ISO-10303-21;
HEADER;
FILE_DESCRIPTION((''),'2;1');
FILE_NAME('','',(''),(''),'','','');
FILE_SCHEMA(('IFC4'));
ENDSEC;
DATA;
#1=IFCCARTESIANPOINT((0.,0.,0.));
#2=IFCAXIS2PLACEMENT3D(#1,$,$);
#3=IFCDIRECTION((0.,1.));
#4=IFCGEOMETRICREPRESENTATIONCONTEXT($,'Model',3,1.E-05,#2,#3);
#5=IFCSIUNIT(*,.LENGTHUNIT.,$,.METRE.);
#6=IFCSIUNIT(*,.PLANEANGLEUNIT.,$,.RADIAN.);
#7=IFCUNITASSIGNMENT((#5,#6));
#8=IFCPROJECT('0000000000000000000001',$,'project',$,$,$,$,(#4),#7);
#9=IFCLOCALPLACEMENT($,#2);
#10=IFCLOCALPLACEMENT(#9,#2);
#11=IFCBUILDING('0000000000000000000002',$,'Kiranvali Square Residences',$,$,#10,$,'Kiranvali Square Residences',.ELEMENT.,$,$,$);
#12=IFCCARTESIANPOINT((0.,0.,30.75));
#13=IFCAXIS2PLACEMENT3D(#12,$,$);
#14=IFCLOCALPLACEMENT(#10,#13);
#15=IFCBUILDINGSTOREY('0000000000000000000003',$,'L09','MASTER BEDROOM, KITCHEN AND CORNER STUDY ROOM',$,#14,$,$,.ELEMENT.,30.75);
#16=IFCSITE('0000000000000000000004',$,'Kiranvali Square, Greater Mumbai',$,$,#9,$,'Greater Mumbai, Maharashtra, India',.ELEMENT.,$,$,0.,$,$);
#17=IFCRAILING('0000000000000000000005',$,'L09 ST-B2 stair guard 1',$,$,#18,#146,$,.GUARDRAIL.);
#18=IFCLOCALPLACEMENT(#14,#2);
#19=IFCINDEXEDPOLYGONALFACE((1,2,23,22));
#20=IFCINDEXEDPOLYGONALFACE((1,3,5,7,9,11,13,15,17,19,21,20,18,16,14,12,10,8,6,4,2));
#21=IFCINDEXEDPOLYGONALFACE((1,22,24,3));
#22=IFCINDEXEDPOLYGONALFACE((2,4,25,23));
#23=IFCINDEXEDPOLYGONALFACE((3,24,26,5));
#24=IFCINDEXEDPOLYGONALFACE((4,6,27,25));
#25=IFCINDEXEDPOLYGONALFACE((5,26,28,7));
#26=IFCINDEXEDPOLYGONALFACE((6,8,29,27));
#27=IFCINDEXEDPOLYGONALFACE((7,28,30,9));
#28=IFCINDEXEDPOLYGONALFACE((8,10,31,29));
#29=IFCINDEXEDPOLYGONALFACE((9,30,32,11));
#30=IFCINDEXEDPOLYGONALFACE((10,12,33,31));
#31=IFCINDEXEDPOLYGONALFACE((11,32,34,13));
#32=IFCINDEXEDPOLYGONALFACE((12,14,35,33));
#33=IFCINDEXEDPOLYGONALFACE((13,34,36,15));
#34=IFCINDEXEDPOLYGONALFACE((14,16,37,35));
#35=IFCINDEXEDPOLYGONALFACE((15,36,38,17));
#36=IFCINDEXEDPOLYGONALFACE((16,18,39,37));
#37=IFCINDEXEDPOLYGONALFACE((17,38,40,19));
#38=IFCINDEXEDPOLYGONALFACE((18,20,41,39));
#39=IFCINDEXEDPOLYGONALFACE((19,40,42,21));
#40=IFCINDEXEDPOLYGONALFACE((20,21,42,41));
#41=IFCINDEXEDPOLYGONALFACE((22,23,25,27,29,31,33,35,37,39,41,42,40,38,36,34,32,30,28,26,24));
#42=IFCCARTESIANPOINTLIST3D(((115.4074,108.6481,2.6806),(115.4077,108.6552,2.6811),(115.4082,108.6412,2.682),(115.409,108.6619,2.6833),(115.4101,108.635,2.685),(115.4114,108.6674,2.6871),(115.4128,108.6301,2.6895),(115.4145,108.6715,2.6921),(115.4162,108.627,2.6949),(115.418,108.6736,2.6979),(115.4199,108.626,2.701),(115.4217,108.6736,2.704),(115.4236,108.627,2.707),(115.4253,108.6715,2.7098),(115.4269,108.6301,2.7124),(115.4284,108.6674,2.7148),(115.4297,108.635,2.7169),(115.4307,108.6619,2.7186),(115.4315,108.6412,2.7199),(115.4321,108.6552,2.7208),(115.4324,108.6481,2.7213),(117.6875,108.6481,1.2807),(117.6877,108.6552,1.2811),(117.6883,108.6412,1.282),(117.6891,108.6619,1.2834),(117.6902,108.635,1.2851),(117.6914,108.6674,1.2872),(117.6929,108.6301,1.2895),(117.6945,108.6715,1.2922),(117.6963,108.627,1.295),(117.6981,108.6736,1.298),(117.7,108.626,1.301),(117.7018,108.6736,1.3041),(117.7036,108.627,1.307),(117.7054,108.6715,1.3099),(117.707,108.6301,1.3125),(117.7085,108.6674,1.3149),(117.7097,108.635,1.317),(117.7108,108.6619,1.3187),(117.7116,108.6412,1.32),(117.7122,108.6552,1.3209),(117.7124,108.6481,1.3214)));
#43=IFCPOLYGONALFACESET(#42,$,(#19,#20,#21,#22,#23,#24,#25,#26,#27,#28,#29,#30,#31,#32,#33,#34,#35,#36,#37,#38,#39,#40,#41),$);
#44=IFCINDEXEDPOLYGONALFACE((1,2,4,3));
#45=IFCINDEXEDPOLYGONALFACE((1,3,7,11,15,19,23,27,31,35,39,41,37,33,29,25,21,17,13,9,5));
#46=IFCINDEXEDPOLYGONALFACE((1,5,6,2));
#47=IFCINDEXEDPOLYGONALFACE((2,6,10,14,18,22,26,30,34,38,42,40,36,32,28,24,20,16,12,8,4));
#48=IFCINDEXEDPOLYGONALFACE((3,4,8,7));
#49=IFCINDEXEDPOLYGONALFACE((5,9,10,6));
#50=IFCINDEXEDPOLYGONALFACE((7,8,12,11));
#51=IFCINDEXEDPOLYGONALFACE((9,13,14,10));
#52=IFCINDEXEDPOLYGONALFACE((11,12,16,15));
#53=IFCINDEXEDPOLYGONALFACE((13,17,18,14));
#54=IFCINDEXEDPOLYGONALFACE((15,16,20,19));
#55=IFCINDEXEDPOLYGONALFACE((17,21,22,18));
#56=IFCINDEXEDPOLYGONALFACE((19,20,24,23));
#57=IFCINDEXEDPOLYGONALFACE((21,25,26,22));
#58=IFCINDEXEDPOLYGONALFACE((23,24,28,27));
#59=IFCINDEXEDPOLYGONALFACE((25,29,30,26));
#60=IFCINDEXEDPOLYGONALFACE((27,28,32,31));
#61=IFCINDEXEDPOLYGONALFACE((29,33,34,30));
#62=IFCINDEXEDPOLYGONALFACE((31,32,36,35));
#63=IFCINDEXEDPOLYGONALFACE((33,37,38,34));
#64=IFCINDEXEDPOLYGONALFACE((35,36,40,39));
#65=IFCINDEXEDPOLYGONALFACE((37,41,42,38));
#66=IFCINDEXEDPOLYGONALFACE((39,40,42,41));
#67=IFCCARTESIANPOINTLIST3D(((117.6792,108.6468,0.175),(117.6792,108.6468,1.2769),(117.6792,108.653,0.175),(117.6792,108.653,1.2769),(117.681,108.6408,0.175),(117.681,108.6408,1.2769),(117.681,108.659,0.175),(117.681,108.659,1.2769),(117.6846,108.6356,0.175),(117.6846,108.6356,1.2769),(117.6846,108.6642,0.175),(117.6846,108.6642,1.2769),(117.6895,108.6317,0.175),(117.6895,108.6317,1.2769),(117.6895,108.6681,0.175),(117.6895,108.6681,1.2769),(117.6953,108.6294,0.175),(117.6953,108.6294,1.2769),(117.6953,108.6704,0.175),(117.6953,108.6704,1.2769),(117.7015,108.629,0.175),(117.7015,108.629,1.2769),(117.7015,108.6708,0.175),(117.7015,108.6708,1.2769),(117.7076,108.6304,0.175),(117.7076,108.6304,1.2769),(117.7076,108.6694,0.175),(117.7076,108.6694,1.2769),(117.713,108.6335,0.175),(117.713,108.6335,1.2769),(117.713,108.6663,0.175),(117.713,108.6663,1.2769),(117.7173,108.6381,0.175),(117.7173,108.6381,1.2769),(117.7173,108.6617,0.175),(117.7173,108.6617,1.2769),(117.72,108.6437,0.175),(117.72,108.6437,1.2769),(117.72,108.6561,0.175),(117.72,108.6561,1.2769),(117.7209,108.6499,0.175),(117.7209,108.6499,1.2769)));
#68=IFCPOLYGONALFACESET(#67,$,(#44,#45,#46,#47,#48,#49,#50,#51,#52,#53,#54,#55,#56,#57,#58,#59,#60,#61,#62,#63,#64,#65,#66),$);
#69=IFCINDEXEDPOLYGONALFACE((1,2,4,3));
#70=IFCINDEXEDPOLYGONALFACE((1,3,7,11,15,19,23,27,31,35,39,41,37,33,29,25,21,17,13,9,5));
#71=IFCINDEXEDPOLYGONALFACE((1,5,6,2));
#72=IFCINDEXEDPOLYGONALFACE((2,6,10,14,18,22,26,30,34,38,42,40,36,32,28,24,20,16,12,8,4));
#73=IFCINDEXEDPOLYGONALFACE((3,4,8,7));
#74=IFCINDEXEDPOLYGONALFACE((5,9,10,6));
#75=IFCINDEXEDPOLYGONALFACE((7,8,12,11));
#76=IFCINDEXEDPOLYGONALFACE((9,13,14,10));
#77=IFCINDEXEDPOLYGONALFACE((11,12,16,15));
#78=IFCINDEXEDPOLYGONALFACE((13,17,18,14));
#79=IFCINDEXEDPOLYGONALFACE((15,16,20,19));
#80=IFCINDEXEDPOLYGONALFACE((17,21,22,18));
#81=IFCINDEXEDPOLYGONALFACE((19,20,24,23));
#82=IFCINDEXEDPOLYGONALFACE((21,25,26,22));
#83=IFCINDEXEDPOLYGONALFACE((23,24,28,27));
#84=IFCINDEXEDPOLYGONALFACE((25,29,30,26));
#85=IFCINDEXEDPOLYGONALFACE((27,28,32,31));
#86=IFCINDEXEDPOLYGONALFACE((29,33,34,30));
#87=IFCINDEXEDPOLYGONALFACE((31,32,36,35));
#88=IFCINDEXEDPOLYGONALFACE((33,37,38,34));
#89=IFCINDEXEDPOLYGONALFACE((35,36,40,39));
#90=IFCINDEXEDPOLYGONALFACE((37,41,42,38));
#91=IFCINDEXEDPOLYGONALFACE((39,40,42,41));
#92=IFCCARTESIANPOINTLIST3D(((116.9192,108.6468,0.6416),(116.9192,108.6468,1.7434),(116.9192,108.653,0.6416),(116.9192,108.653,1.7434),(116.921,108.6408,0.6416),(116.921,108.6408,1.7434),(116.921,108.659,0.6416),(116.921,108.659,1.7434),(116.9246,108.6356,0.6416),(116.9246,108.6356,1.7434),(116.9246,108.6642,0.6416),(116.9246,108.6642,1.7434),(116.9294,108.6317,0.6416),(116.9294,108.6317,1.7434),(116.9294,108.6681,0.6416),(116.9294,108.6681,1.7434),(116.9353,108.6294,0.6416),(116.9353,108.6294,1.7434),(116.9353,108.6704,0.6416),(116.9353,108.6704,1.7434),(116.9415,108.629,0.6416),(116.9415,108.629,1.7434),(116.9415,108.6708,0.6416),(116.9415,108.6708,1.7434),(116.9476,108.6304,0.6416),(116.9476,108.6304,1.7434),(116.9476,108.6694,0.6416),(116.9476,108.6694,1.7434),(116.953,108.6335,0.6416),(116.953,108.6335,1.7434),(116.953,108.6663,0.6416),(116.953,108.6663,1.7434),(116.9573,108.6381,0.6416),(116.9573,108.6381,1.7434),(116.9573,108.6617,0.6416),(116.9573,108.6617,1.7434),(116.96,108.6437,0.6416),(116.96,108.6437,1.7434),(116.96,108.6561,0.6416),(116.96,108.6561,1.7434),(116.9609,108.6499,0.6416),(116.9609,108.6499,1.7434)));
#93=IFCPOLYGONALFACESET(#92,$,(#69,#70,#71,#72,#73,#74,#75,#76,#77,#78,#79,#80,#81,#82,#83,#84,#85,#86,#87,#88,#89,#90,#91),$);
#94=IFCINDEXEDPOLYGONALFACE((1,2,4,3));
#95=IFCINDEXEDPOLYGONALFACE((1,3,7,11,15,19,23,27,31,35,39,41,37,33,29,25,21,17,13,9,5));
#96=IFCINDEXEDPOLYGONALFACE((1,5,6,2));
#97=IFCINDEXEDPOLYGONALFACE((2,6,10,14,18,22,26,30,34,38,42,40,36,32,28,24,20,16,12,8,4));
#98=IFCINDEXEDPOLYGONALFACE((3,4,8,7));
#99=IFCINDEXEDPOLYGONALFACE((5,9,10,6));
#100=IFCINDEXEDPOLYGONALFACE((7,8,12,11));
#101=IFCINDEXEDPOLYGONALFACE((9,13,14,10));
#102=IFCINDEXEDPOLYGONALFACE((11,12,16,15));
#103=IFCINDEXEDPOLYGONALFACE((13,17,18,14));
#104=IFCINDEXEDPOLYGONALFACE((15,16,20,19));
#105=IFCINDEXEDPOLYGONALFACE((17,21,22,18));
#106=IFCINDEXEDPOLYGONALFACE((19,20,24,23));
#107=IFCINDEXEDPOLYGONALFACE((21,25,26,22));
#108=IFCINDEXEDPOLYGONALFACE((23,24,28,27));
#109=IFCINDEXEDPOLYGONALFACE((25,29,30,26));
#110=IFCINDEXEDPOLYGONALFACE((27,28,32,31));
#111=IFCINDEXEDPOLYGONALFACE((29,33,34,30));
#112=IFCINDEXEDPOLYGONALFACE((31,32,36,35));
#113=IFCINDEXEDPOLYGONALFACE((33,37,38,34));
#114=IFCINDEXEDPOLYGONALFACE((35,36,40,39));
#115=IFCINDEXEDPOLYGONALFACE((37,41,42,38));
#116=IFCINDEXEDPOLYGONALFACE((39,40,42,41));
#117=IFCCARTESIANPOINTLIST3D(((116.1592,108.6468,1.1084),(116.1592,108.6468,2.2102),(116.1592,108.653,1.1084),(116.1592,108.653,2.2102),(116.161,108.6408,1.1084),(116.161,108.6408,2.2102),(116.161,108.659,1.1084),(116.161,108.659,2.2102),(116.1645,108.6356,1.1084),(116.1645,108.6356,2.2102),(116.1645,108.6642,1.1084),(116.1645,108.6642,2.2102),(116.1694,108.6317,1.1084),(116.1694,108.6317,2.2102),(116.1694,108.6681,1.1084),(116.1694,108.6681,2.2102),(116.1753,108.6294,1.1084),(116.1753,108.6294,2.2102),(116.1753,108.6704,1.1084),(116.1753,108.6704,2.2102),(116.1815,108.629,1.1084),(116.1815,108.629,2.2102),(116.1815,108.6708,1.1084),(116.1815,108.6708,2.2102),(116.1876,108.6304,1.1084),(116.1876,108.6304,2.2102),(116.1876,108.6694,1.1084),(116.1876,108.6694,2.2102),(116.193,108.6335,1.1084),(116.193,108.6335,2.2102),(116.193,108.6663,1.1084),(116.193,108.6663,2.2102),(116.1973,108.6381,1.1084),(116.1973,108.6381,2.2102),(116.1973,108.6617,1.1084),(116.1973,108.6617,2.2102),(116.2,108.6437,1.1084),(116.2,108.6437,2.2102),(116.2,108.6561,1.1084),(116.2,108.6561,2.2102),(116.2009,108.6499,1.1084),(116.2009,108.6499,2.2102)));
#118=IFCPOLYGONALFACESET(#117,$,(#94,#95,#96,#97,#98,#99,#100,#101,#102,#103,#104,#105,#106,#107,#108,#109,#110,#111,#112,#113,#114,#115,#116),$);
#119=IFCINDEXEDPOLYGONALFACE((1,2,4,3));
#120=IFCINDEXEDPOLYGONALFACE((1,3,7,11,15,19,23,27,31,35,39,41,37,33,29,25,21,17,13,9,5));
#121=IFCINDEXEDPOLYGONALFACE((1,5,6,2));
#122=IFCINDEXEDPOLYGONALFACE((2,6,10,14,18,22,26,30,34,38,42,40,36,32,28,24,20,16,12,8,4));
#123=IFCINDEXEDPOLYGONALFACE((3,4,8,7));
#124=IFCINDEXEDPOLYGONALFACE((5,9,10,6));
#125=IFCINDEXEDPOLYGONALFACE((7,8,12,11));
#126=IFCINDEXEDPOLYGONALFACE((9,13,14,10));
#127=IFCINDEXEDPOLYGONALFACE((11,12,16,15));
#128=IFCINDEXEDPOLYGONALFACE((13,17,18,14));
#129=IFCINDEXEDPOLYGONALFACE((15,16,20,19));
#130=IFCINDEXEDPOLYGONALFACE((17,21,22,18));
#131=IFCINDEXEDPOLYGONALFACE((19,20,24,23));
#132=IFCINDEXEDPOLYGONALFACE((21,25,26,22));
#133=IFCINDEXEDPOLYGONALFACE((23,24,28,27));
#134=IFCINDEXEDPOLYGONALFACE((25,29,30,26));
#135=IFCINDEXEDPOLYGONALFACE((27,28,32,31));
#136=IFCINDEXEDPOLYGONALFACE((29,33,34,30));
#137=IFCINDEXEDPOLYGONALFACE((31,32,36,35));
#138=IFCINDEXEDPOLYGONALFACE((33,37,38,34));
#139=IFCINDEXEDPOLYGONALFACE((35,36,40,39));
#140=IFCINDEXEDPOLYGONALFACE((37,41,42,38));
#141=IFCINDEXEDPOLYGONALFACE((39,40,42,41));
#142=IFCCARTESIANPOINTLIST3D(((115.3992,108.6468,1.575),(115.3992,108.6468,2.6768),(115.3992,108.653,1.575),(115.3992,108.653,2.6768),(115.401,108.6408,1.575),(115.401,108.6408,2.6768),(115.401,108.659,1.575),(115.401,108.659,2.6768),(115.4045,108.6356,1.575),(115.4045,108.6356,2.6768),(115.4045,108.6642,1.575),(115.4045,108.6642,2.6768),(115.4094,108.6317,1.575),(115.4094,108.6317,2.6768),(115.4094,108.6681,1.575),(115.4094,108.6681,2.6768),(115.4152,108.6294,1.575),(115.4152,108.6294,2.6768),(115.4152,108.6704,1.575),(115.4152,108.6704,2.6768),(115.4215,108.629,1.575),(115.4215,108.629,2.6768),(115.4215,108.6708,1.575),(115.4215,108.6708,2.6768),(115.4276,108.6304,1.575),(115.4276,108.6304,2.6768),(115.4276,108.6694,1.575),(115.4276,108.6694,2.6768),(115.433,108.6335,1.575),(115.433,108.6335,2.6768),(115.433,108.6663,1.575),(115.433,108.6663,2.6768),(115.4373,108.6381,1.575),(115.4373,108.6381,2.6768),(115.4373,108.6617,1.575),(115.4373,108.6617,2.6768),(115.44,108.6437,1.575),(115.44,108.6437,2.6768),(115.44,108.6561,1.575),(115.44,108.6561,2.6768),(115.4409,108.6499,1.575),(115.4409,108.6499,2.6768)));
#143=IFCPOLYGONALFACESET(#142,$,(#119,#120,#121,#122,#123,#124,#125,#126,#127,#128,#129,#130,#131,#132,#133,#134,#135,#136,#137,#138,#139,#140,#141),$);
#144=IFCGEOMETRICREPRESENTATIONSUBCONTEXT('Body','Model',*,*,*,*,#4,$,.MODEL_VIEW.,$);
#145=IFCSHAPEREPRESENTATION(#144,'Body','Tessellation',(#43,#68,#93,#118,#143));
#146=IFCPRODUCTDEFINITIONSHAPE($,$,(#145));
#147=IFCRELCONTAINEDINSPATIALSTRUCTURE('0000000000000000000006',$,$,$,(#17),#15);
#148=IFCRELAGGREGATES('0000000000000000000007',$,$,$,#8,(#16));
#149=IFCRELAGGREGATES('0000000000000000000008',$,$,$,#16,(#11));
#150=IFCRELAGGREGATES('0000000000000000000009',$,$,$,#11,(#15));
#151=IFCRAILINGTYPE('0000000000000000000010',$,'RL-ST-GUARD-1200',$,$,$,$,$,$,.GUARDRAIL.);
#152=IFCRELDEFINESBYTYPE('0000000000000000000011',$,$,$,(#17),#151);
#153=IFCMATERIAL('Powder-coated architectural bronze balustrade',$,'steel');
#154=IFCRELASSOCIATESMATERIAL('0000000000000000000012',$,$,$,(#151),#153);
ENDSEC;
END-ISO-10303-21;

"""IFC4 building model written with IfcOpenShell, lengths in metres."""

from ifc_helpers import new_model, si_unit, direction, frame, origin, origin_2d, place, context, subcontext, project, spatial, circle, extrude, material, type_object, element, save


model = new_model("IFC4")

# Units and contexts
model_context = context("Model", 3, precision=1e-05, world=origin(), true_north=direction((0.0, 1.0)))
body_context = subcontext(model_context, "Body", "Model", "MODEL_VIEW")
ifc_project = project(units=[si_unit("LENGTHUNIT", "METRE"), si_unit("PLANEANGLEUNIT", "RADIAN")], contexts=[model_context])

# Site, building, storey
site_placement = place(None, origin())
site = spatial("IfcSite", under=ifc_project, at=site_placement, Name="Kiranvali Square, Greater Mumbai", LongName="Greater Mumbai, Maharashtra, India", CompositionType="ELEMENT", RefElevation=0.0)
building_placement = place(site_placement, origin())
building = spatial("IfcBuilding", under=site, at=building_placement, Name="Kiranvali Square Residences", LongName="Kiranvali Square Residences", CompositionType="ELEMENT")
storey_placement = place(building_placement, frame((0.0, 0.0, 30.75)))
storey = spatial("IfcBuildingStorey", under=building, at=storey_placement, Name="L09", Description="MASTER BEDROOM, KITCHEN AND CORNER STUDY ROOM", CompositionType="ELEMENT", Elevation=30.75)

# Railing
ifc_material_1 = material(Name="Powder-coated architectural bronze balustrade", Category="steel")
railing_type_1 = type_object("IfcRailingType", Name="RL-ST-GUARD-1200", PredefinedType="GUARDRAIL", material=ifc_material_1)
railing_1_placement = place(storey_placement, frame((117.7, 108.6499, 0.175)))
element("IfcRailing", 1, at=railing_1_placement, inside=storey, type_object=railing_type_1, Name="L09 ST-B2 stair guard 1", PredefinedType="GUARDRAIL", context=body_context, shape_type="SweptSolid", body=[
    extrude(circle(Radius=0.0239, at=origin_2d()), frame((0.0, 0.0, 1.126), z_axis=(-0.85219, 0.0, 0.523232), x_axis=(0.0, -1.0, 0.0)), (0.0, 0.0, 1.0), 2.6755),
    extrude(circle(Radius=0.021, at=origin_2d()), origin(), (0.0, 0.0, 1.0), 1.1018),
    extrude(circle(Radius=0.021, at=origin_2d()), frame((-0.76, 0.0, 0.4666)), (0.0, 0.0, 1.0), 1.1018),
    extrude(circle(Radius=0.021, at=origin_2d()), frame((-1.52, 0.0, 0.9333)), (0.0, 0.0, 1.0), 1.1018),
    extrude(circle(Radius=0.021, at=origin_2d()), frame((-2.28, 0.0, 1.3999)), (0.0, 0.0, 1.0), 1.1018),
])

save(model, "model.ifc")
